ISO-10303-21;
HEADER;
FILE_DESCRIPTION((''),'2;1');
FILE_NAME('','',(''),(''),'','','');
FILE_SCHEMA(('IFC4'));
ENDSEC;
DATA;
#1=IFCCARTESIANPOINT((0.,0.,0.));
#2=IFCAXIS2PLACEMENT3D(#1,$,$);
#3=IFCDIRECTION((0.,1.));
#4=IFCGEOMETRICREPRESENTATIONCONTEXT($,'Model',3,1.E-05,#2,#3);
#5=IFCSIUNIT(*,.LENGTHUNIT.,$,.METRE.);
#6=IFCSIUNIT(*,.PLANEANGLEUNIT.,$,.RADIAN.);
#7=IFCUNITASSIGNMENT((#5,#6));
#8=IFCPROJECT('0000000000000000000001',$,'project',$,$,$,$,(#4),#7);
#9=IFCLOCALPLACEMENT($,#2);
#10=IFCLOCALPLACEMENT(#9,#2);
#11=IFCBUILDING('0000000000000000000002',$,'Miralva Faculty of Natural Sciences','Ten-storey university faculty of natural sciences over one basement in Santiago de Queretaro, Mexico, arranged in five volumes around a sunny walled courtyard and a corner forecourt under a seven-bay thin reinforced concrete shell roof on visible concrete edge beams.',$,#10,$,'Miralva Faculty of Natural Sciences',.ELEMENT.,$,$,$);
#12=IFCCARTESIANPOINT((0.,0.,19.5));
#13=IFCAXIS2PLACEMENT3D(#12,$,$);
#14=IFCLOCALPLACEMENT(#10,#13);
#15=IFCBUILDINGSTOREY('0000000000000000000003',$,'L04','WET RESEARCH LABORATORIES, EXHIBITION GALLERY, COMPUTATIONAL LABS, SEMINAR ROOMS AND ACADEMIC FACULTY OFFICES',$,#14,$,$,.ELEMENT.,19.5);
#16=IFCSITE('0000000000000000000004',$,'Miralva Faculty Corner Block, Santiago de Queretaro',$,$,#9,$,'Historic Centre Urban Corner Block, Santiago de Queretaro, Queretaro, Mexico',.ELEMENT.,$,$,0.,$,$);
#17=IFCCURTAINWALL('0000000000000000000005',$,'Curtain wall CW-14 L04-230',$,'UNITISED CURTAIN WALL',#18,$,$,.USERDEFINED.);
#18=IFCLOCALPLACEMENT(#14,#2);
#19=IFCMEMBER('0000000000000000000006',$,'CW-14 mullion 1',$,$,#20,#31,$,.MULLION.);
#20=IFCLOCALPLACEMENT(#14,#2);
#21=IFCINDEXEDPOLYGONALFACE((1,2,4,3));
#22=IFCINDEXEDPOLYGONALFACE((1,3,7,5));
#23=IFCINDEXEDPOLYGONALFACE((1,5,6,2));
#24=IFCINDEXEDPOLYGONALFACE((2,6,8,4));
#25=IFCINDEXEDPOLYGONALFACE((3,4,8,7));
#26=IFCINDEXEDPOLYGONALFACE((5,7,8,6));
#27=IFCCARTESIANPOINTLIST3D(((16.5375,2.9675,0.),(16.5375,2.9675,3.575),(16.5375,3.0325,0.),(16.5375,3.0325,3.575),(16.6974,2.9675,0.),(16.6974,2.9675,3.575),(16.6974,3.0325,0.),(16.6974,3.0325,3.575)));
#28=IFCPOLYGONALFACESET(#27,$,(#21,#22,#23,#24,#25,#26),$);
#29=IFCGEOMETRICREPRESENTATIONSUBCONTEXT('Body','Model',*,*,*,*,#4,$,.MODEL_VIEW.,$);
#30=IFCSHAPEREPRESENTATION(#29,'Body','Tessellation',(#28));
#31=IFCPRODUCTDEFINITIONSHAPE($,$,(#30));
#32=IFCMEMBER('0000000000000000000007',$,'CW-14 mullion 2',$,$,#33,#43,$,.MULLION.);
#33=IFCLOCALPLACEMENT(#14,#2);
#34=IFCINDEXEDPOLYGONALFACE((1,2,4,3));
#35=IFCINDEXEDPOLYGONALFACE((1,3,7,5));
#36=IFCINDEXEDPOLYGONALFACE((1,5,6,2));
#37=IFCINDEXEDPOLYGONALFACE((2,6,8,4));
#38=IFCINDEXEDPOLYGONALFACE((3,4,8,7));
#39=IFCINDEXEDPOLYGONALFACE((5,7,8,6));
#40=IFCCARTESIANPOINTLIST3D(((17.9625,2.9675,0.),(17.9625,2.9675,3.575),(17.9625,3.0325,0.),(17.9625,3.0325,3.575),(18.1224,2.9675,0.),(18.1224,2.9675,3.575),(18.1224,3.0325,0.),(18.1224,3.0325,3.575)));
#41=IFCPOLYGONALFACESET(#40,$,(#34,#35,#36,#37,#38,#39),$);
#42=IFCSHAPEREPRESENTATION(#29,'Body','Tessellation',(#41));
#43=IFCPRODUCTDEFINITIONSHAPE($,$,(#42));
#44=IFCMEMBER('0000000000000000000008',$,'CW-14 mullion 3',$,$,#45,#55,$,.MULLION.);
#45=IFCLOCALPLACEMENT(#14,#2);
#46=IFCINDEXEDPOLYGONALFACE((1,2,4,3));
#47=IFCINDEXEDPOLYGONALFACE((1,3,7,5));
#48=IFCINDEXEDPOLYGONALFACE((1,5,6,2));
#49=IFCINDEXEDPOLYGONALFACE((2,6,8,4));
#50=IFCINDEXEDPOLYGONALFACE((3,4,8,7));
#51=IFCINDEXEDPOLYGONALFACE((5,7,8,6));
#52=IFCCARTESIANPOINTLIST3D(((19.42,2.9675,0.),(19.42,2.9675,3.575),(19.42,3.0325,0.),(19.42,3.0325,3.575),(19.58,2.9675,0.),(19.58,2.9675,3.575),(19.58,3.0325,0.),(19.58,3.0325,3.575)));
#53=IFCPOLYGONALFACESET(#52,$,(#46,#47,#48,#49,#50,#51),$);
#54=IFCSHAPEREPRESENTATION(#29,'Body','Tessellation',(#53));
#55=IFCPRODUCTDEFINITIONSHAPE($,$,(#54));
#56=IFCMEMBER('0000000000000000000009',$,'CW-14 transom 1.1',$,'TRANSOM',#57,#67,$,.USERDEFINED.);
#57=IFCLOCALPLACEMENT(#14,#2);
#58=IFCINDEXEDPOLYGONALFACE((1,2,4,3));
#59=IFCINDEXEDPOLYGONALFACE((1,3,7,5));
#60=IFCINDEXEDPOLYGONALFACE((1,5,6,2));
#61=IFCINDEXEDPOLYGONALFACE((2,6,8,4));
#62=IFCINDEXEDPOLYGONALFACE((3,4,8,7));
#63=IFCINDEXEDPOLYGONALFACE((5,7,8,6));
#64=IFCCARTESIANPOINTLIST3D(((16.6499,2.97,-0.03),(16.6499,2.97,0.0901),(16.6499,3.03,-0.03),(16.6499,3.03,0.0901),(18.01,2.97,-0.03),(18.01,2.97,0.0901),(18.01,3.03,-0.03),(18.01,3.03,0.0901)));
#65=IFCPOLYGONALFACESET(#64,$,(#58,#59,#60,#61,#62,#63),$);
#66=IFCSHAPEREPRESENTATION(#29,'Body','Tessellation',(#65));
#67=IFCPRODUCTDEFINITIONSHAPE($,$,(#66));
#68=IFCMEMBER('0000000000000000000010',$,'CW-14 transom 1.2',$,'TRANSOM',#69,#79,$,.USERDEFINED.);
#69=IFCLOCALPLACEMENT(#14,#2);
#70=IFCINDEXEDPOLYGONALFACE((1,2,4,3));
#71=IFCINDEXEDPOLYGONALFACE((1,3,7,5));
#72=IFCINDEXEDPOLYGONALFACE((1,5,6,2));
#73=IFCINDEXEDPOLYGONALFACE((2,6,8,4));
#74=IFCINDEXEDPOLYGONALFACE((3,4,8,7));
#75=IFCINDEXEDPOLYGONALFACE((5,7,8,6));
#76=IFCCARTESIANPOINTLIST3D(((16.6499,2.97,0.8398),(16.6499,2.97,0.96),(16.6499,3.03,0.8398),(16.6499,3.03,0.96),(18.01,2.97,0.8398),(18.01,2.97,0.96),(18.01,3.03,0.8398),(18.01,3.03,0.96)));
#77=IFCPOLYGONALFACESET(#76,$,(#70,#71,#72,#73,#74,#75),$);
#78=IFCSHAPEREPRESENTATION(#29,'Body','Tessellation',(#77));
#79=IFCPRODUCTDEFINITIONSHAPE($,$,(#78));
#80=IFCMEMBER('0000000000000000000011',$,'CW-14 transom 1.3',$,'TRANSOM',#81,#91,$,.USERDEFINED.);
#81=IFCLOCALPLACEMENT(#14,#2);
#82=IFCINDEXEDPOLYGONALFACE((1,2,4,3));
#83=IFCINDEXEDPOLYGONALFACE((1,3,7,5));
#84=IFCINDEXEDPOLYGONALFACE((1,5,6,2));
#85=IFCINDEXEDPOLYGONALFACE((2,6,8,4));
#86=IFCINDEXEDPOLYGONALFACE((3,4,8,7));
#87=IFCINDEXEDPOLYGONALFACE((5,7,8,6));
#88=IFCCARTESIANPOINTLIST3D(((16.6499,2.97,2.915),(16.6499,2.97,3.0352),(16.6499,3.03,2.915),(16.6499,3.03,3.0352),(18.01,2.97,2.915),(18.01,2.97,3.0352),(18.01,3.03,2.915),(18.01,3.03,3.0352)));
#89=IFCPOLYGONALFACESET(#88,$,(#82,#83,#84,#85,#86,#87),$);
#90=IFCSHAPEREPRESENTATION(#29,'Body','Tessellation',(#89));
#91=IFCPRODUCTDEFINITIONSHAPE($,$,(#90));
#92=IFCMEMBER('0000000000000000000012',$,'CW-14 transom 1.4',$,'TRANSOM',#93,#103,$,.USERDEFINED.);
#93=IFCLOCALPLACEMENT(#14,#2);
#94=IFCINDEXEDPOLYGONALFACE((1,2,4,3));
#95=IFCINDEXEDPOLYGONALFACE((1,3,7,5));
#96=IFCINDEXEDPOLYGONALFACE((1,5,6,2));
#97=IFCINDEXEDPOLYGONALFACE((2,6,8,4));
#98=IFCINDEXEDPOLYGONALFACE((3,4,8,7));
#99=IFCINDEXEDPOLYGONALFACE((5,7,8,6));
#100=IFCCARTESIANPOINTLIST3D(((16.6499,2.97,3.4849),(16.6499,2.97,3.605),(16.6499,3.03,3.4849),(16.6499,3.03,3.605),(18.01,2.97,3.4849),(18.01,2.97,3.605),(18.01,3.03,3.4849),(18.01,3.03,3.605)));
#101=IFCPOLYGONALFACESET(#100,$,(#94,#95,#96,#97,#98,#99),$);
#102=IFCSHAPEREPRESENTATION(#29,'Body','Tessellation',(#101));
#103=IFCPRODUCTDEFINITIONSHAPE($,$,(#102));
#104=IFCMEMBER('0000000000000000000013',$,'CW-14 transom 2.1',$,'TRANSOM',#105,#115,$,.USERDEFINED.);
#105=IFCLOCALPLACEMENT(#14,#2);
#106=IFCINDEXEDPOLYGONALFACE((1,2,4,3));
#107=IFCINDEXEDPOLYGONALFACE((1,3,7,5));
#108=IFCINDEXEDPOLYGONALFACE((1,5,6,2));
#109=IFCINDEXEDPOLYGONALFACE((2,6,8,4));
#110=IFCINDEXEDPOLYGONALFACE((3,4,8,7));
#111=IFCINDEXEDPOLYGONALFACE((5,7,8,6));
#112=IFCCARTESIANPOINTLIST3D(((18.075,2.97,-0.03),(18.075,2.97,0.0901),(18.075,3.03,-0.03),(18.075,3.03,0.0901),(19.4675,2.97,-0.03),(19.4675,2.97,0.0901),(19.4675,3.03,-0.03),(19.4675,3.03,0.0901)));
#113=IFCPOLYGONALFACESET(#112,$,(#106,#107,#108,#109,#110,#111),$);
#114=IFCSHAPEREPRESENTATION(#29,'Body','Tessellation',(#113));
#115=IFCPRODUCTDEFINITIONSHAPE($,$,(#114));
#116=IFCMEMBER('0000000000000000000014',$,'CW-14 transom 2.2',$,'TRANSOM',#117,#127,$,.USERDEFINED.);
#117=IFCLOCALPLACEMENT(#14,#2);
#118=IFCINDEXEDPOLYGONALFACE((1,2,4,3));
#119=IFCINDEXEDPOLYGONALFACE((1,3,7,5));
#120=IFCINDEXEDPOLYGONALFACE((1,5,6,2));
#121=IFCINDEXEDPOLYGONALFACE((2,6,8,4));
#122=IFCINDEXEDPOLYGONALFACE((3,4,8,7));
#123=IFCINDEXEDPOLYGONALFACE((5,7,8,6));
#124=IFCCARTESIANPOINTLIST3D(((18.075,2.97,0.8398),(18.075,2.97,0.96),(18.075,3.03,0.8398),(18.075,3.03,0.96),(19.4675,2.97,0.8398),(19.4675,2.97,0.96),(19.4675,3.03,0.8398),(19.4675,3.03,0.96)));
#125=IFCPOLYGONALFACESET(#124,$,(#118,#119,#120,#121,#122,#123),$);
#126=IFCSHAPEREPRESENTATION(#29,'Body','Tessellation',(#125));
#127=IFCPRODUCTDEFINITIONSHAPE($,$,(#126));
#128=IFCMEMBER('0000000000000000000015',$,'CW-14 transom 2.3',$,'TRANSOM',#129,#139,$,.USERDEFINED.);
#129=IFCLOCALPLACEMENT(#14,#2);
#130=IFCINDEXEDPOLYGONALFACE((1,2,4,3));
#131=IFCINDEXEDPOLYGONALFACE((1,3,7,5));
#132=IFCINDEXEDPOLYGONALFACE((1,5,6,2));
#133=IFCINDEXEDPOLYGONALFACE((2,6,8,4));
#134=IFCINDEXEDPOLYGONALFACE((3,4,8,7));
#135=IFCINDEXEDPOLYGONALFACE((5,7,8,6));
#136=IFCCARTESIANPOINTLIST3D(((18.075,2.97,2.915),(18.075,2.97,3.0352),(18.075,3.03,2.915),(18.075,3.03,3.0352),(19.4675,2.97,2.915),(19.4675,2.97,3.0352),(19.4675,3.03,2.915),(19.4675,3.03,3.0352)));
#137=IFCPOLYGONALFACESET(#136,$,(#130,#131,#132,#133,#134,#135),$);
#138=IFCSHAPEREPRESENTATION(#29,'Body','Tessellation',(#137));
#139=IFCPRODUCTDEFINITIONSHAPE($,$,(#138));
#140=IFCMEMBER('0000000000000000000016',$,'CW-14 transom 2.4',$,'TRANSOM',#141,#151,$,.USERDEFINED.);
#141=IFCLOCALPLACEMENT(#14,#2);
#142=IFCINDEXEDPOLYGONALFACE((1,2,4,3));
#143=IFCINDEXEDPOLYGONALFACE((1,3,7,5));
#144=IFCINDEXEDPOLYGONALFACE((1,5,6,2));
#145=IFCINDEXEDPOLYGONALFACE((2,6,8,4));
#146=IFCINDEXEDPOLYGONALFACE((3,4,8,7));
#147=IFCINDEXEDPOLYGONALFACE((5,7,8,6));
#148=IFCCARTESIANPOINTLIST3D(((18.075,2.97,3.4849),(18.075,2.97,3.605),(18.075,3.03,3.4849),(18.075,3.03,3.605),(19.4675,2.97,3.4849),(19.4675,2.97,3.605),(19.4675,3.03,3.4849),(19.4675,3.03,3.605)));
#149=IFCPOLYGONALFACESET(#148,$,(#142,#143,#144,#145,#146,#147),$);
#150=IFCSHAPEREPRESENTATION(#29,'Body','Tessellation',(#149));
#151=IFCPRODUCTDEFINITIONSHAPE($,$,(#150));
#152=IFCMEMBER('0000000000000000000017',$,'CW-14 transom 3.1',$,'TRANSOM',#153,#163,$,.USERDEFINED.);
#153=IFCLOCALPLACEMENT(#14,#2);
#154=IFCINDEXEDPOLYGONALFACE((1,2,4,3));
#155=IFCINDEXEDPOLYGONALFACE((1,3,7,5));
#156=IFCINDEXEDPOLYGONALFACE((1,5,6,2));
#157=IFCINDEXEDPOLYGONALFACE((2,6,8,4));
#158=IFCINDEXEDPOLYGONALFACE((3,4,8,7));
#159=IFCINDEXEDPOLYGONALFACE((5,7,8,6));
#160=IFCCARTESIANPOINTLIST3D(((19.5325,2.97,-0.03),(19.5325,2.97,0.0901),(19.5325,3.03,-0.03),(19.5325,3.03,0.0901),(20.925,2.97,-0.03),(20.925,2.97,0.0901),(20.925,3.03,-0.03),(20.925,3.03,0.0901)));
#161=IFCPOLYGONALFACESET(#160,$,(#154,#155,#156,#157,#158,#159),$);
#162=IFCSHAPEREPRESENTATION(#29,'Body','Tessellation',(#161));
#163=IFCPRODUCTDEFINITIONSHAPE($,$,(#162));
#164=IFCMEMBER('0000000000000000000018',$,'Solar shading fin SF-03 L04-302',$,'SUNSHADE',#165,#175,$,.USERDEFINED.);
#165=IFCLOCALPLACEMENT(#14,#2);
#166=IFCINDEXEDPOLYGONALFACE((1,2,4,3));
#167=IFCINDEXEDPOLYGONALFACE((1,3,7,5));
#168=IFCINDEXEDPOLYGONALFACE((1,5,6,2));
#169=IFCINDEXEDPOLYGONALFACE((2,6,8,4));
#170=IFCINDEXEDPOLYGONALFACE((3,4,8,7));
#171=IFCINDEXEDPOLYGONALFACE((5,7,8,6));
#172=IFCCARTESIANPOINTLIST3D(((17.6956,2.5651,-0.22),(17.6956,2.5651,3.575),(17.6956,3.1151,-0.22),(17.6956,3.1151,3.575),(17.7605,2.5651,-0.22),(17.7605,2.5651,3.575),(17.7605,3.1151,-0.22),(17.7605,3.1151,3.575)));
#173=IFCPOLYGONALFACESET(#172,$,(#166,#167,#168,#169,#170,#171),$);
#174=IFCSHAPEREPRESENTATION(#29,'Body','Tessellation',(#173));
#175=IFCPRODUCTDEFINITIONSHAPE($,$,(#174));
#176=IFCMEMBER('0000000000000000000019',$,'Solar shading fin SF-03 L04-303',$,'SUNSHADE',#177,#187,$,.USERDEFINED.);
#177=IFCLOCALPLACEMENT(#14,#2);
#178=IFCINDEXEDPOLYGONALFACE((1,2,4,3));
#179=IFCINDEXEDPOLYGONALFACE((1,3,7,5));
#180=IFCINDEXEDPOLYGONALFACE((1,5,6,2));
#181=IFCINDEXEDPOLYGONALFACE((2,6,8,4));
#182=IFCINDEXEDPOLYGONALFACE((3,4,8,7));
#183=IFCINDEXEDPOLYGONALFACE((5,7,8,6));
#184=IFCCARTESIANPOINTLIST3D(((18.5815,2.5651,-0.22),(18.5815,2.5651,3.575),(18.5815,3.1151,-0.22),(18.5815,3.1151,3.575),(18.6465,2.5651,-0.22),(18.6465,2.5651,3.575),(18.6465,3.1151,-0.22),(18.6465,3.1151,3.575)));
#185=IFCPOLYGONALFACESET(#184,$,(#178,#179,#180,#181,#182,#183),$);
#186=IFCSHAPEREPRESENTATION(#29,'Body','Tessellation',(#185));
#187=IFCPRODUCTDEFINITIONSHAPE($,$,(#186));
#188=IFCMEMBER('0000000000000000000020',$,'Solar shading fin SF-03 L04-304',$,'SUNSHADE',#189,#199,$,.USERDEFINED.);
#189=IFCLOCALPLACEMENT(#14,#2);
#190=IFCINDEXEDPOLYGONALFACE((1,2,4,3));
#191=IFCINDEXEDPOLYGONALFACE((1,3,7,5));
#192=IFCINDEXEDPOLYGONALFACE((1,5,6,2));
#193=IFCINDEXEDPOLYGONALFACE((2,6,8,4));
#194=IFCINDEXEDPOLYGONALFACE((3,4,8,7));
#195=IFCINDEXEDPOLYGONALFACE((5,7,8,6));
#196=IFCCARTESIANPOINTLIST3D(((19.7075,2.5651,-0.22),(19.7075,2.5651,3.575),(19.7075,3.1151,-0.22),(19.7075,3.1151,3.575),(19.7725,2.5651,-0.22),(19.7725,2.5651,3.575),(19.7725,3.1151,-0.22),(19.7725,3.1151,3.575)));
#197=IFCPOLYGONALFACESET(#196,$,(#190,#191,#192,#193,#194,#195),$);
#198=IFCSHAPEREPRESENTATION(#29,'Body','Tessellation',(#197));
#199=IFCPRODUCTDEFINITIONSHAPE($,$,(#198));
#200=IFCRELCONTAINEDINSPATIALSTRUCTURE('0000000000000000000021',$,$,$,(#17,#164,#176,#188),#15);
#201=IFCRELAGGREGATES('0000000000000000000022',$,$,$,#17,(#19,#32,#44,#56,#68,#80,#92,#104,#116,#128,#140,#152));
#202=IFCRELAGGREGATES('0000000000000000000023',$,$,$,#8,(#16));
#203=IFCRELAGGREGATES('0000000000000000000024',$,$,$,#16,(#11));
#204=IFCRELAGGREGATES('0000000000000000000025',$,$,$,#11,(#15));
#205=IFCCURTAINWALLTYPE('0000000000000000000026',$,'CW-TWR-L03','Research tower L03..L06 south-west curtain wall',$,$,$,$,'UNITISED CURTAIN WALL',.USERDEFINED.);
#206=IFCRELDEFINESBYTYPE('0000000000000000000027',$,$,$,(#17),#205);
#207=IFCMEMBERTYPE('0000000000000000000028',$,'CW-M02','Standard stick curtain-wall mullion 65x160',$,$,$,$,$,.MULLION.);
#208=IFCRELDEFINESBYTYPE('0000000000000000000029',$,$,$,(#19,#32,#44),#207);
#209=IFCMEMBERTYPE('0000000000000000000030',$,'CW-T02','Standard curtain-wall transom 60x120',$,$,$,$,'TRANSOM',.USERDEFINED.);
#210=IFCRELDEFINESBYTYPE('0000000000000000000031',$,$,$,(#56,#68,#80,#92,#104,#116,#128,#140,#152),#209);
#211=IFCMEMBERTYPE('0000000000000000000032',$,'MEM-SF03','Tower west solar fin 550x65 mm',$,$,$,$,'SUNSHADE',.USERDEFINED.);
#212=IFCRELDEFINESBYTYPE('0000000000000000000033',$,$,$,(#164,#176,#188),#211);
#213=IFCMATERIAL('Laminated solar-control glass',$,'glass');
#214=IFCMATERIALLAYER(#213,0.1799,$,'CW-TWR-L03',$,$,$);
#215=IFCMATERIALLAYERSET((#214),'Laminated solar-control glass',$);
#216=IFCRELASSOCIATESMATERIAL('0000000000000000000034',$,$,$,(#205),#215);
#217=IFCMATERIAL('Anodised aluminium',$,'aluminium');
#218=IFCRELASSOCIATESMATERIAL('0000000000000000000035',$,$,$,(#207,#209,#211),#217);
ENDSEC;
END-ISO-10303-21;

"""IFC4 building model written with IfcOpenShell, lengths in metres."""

from ifc_helpers import new_model, si_unit, direction, frame, origin, origin_2d, place, context, subcontext, project, spatial, rectangle, extrude, material, layer, layer_set, material_profile, profile_set, type_object, element, aggregate, save


model = new_model("IFC4")

# Units and contexts
model_context = context("Model", 3, precision=1e-05, world=origin(), true_north=direction((0.0, 1.0)))
body_context = subcontext(model_context, "Body", "Model", "MODEL_VIEW")
ifc_project = project(units=[si_unit("LENGTHUNIT", "METRE"), si_unit("PLANEANGLEUNIT", "RADIAN")], contexts=[model_context])

# Site, building, storey
site_placement = place(None, origin())
site = spatial("IfcSite", under=ifc_project, at=site_placement, Name="Miralva Faculty Corner Block, Santiago de Queretaro", LongName="Historic Centre Urban Corner Block, Santiago de Queretaro, Queretaro, Mexico", CompositionType="ELEMENT", RefElevation=0.0)
building_placement = place(site_placement, origin())
building = spatial("IfcBuilding", under=site, at=building_placement, Name="Miralva Faculty of Natural Sciences", Description="Ten-storey university faculty of natural sciences over one basement in Santiago de Queretaro, Mexico, arranged in five volumes around a sunny walled courtyard and a corner forecourt under a seven-bay thin reinforced concrete shell roof on visible concrete edge beams.", LongName="Miralva Faculty of Natural Sciences", CompositionType="ELEMENT")
storey_placement = place(building_placement, frame((0.0, 0.0, 19.5)))
storey = spatial("IfcBuildingStorey", under=building, at=storey_placement, Name="L04", Description="WET RESEARCH LABORATORIES, EXHIBITION GALLERY, COMPUTATIONAL LABS, SEMINAR ROOMS AND ACADEMIC FACULTY OFFICES", CompositionType="ELEMENT", Elevation=19.5)

# Curtain wall, members
ifc_material_1 = material(Name="Laminated solar-control glass", Category="glass")
ifc_layer_1 = layer(ifc_material_1, 0.1799, Name="CW-TWR-L03")
ifc_layer_set_1 = layer_set([ifc_layer_1], Name="Laminated solar-control glass")
curtain_wall_type = type_object("IfcCurtainWallType", Name="CW-TWR-L03", Description="Research tower L03..L06 south-west curtain wall", ElementType="UNITISED CURTAIN WALL", PredefinedType="USERDEFINED", material=ifc_layer_set_1)
curtain_wall_placement = place(storey_placement, origin())
curtain_wall = element("IfcCurtainWall", 1, at=curtain_wall_placement, inside=storey, type_object=curtain_wall_type, Name="Curtain wall CW-14 L04-230", ObjectType="UNITISED CURTAIN WALL", PredefinedType="USERDEFINED")
ifc_material_2 = material(Name="Anodised aluminium", Category="aluminium")
ifc_material_profile_1 = material_profile(ifc_material_2, rectangle(XDim=0.0649, YDim=0.1599, at=origin_2d()), Name="MULLION 65x160")
ifc_profile_set_1 = profile_set([ifc_material_profile_1], Name="Anodised aluminium")
member_type_1 = type_object("IfcMemberType", Name="CW-M02", Description="Standard stick curtain-wall mullion 65x160", PredefinedType="MULLION", material=ifc_profile_set_1)
member_1_placement = place(storey_placement, frame((16.6174, 3.0, 0.0), z_axis=(0.0, 0.0, 1.0), x_axis=(0.0, 1.0, 0.0)))
member_1 = element("IfcMember", 2, at=member_1_placement, type_object=member_type_1, Name="CW-14 mullion 1", PredefinedType="MULLION", context=body_context, shape_type="SweptSolid", body=[
    extrude(rectangle(XDim=0.0649, YDim=0.1599, at=origin_2d()), origin(), (0.0, 0.0, 1.0), 3.575),
])
member_2_placement = place(storey_placement, frame((18.0425, 3.0, 0.0), z_axis=(0.0, 0.0, 1.0), x_axis=(0.0, 1.0, 0.0)))
member_2 = element("IfcMember", 3, at=member_2_placement, type_object=member_type_1, Name="CW-14 mullion 2", PredefinedType="MULLION", context=body_context, shape_type="SweptSolid", body=[
    extrude(rectangle(XDim=0.0649, YDim=0.1599, at=origin_2d()), origin(), (0.0, 0.0, 1.0), 3.575),
])
member_3_placement = place(storey_placement, frame((19.5, 3.0, 0.0), z_axis=(0.0, 0.0, 1.0), x_axis=(0.0, 1.0, 0.0)))
member_3 = element("IfcMember", 4, at=member_3_placement, type_object=member_type_1, Name="CW-14 mullion 3", PredefinedType="MULLION", context=body_context, shape_type="SweptSolid", body=[
    extrude(rectangle(XDim=0.0649, YDim=0.1599, at=origin_2d()), origin(), (0.0, 0.0, 1.0), 3.575),
])
ifc_material_profile_2 = material_profile(ifc_material_2, rectangle(XDim=0.0601, YDim=0.1201, at=origin_2d()), Name="TRANSOM 60x120")
ifc_profile_set_2 = profile_set([ifc_material_profile_2], Name="Anodised aluminium")
member_type_2 = type_object("IfcMemberType", Name="CW-T02", Description="Standard curtain-wall transom 60x120", ElementType="TRANSOM", PredefinedType="USERDEFINED", material=ifc_profile_set_2)
member_4_placement = place(storey_placement, frame((16.6499, 3.0, 0.03), z_axis=(1.0, 0.0, 0.0), x_axis=(0.0, 1.0, 0.0)))
member_4 = element("IfcMember", 5, at=member_4_placement, type_object=member_type_2, Name="CW-14 transom 1.1", ObjectType="TRANSOM", PredefinedType="USERDEFINED", context=body_context, shape_type="SweptSolid", body=[
    extrude(rectangle(XDim=0.0601, YDim=0.1201, at=origin_2d()), origin(), (0.0, 0.0, 1.0), 1.3601),
])
member_5_placement = place(storey_placement, frame((16.6499, 3.0, 0.8999), z_axis=(1.0, 0.0, 0.0), x_axis=(0.0, 1.0, 0.0)))
member_5 = element("IfcMember", 6, at=member_5_placement, type_object=member_type_2, Name="CW-14 transom 1.2", ObjectType="TRANSOM", PredefinedType="USERDEFINED", context=body_context, shape_type="SweptSolid", body=[
    extrude(rectangle(XDim=0.0601, YDim=0.1201, at=origin_2d()), origin(), (0.0, 0.0, 1.0), 1.3601),
])
member_6_placement = place(storey_placement, frame((16.6499, 3.0, 2.9751), z_axis=(1.0, 0.0, 0.0), x_axis=(0.0, 1.0, 0.0)))
member_6 = element("IfcMember", 7, at=member_6_placement, type_object=member_type_2, Name="CW-14 transom 1.3", ObjectType="TRANSOM", PredefinedType="USERDEFINED", context=body_context, shape_type="SweptSolid", body=[
    extrude(rectangle(XDim=0.0601, YDim=0.1201, at=origin_2d()), origin(), (0.0, 0.0, 1.0), 1.3601),
])
member_7_placement = place(storey_placement, frame((16.6499, 3.0, 3.5449), z_axis=(1.0, 0.0, 0.0), x_axis=(0.0, 1.0, 0.0)))
member_7 = element("IfcMember", 8, at=member_7_placement, type_object=member_type_2, Name="CW-14 transom 1.4", ObjectType="TRANSOM", PredefinedType="USERDEFINED", context=body_context, shape_type="SweptSolid", body=[
    extrude(rectangle(XDim=0.0601, YDim=0.1201, at=origin_2d()), origin(), (0.0, 0.0, 1.0), 1.3601),
])
member_8_placement = place(storey_placement, frame((18.075, 3.0, 0.03), z_axis=(1.0, 0.0, 0.0), x_axis=(0.0, 1.0, 0.0)))
member_8 = element("IfcMember", 9, at=member_8_placement, type_object=member_type_2, Name="CW-14 transom 2.1", ObjectType="TRANSOM", PredefinedType="USERDEFINED", context=body_context, shape_type="SweptSolid", body=[
    extrude(rectangle(XDim=0.0601, YDim=0.1201, at=origin_2d()), origin(), (0.0, 0.0, 1.0), 1.3926),
])
member_9_placement = place(storey_placement, frame((18.075, 3.0, 0.8999), z_axis=(1.0, 0.0, 0.0), x_axis=(0.0, 1.0, 0.0)))
member_9 = element("IfcMember", 10, at=member_9_placement, type_object=member_type_2, Name="CW-14 transom 2.2", ObjectType="TRANSOM", PredefinedType="USERDEFINED", context=body_context, shape_type="SweptSolid", body=[
    extrude(rectangle(XDim=0.0601, YDim=0.1201, at=origin_2d()), origin(), (0.0, 0.0, 1.0), 1.3926),
])
member_10_placement = place(storey_placement, frame((18.075, 3.0, 2.9751), z_axis=(1.0, 0.0, 0.0), x_axis=(0.0, 1.0, 0.0)))
member_10 = element("IfcMember", 11, at=member_10_placement, type_object=member_type_2, Name="CW-14 transom 2.3", ObjectType="TRANSOM", PredefinedType="USERDEFINED", context=body_context, shape_type="SweptSolid", body=[
    extrude(rectangle(XDim=0.0601, YDim=0.1201, at=origin_2d()), origin(), (0.0, 0.0, 1.0), 1.3926),
])
member_11_placement = place(storey_placement, frame((18.075, 3.0, 3.5449), z_axis=(1.0, 0.0, 0.0), x_axis=(0.0, 1.0, 0.0)))
member_11 = element("IfcMember", 12, at=member_11_placement, type_object=member_type_2, Name="CW-14 transom 2.4", ObjectType="TRANSOM", PredefinedType="USERDEFINED", context=body_context, shape_type="SweptSolid", body=[
    extrude(rectangle(XDim=0.0601, YDim=0.1201, at=origin_2d()), origin(), (0.0, 0.0, 1.0), 1.3926),
])
member_12_placement = place(storey_placement, frame((19.5325, 3.0, 0.03), z_axis=(1.0, 0.0, 0.0), x_axis=(0.0, 1.0, 0.0)))
member_12 = element("IfcMember", 13, at=member_12_placement, type_object=member_type_2, Name="CW-14 transom 3.1", ObjectType="TRANSOM", PredefinedType="USERDEFINED", context=body_context, shape_type="SweptSolid", body=[
    extrude(rectangle(XDim=0.0601, YDim=0.1201, at=origin_2d()), origin(), (0.0, 0.0, 1.0), 1.3926),
])

# Members
ifc_material_profile_3 = material_profile(ifc_material_2, rectangle(XDim=0.0649, YDim=0.55, at=origin_2d()), Name="FIN 550x65")
ifc_profile_set_3 = profile_set([ifc_material_profile_3], Name="Anodised aluminium")
member_type_3 = type_object("IfcMemberType", Name="MEM-SF03", Description="Tower west solar fin 550x65 mm", ElementType="SUNSHADE", PredefinedType="USERDEFINED", material=ifc_profile_set_3)
for number, where, z_axis, x_axis, name in (
    (14, (17.728, 2.8401, -0.22), (0.0, 0.0, 1.0), (1.0, 0.0, 0.0), "Solar shading fin SF-03 L04-302"),
    (15, (18.614, 2.8401, -0.22), (0.0, 0.0, 1.0), (1.0, 0.0, 0.0), "Solar shading fin SF-03 L04-303"),
    (16, (19.74, 2.8401, -0.22), (0.0, 0.0, 1.0), (1.0, 0.0, 0.0), "Solar shading fin SF-03 L04-304"),
):
    element("IfcMember", number, at=place(storey_placement, frame(where, z_axis=z_axis, x_axis=x_axis)), inside=storey, type_object=member_type_3, Name=name, ObjectType="SUNSHADE", PredefinedType="USERDEFINED", context=body_context, shape_type="SweptSolid", body=[
        extrude(rectangle(XDim=0.0649, YDim=0.55, at=origin_2d()), origin(), (0.0, 0.0, 1.0), 3.7949),
    ])

aggregate(curtain_wall, [member_1, member_2, member_3, member_4, member_5, member_6, member_7, member_8, member_9, member_10, member_11, member_12])

save(model, "model.ifc")
